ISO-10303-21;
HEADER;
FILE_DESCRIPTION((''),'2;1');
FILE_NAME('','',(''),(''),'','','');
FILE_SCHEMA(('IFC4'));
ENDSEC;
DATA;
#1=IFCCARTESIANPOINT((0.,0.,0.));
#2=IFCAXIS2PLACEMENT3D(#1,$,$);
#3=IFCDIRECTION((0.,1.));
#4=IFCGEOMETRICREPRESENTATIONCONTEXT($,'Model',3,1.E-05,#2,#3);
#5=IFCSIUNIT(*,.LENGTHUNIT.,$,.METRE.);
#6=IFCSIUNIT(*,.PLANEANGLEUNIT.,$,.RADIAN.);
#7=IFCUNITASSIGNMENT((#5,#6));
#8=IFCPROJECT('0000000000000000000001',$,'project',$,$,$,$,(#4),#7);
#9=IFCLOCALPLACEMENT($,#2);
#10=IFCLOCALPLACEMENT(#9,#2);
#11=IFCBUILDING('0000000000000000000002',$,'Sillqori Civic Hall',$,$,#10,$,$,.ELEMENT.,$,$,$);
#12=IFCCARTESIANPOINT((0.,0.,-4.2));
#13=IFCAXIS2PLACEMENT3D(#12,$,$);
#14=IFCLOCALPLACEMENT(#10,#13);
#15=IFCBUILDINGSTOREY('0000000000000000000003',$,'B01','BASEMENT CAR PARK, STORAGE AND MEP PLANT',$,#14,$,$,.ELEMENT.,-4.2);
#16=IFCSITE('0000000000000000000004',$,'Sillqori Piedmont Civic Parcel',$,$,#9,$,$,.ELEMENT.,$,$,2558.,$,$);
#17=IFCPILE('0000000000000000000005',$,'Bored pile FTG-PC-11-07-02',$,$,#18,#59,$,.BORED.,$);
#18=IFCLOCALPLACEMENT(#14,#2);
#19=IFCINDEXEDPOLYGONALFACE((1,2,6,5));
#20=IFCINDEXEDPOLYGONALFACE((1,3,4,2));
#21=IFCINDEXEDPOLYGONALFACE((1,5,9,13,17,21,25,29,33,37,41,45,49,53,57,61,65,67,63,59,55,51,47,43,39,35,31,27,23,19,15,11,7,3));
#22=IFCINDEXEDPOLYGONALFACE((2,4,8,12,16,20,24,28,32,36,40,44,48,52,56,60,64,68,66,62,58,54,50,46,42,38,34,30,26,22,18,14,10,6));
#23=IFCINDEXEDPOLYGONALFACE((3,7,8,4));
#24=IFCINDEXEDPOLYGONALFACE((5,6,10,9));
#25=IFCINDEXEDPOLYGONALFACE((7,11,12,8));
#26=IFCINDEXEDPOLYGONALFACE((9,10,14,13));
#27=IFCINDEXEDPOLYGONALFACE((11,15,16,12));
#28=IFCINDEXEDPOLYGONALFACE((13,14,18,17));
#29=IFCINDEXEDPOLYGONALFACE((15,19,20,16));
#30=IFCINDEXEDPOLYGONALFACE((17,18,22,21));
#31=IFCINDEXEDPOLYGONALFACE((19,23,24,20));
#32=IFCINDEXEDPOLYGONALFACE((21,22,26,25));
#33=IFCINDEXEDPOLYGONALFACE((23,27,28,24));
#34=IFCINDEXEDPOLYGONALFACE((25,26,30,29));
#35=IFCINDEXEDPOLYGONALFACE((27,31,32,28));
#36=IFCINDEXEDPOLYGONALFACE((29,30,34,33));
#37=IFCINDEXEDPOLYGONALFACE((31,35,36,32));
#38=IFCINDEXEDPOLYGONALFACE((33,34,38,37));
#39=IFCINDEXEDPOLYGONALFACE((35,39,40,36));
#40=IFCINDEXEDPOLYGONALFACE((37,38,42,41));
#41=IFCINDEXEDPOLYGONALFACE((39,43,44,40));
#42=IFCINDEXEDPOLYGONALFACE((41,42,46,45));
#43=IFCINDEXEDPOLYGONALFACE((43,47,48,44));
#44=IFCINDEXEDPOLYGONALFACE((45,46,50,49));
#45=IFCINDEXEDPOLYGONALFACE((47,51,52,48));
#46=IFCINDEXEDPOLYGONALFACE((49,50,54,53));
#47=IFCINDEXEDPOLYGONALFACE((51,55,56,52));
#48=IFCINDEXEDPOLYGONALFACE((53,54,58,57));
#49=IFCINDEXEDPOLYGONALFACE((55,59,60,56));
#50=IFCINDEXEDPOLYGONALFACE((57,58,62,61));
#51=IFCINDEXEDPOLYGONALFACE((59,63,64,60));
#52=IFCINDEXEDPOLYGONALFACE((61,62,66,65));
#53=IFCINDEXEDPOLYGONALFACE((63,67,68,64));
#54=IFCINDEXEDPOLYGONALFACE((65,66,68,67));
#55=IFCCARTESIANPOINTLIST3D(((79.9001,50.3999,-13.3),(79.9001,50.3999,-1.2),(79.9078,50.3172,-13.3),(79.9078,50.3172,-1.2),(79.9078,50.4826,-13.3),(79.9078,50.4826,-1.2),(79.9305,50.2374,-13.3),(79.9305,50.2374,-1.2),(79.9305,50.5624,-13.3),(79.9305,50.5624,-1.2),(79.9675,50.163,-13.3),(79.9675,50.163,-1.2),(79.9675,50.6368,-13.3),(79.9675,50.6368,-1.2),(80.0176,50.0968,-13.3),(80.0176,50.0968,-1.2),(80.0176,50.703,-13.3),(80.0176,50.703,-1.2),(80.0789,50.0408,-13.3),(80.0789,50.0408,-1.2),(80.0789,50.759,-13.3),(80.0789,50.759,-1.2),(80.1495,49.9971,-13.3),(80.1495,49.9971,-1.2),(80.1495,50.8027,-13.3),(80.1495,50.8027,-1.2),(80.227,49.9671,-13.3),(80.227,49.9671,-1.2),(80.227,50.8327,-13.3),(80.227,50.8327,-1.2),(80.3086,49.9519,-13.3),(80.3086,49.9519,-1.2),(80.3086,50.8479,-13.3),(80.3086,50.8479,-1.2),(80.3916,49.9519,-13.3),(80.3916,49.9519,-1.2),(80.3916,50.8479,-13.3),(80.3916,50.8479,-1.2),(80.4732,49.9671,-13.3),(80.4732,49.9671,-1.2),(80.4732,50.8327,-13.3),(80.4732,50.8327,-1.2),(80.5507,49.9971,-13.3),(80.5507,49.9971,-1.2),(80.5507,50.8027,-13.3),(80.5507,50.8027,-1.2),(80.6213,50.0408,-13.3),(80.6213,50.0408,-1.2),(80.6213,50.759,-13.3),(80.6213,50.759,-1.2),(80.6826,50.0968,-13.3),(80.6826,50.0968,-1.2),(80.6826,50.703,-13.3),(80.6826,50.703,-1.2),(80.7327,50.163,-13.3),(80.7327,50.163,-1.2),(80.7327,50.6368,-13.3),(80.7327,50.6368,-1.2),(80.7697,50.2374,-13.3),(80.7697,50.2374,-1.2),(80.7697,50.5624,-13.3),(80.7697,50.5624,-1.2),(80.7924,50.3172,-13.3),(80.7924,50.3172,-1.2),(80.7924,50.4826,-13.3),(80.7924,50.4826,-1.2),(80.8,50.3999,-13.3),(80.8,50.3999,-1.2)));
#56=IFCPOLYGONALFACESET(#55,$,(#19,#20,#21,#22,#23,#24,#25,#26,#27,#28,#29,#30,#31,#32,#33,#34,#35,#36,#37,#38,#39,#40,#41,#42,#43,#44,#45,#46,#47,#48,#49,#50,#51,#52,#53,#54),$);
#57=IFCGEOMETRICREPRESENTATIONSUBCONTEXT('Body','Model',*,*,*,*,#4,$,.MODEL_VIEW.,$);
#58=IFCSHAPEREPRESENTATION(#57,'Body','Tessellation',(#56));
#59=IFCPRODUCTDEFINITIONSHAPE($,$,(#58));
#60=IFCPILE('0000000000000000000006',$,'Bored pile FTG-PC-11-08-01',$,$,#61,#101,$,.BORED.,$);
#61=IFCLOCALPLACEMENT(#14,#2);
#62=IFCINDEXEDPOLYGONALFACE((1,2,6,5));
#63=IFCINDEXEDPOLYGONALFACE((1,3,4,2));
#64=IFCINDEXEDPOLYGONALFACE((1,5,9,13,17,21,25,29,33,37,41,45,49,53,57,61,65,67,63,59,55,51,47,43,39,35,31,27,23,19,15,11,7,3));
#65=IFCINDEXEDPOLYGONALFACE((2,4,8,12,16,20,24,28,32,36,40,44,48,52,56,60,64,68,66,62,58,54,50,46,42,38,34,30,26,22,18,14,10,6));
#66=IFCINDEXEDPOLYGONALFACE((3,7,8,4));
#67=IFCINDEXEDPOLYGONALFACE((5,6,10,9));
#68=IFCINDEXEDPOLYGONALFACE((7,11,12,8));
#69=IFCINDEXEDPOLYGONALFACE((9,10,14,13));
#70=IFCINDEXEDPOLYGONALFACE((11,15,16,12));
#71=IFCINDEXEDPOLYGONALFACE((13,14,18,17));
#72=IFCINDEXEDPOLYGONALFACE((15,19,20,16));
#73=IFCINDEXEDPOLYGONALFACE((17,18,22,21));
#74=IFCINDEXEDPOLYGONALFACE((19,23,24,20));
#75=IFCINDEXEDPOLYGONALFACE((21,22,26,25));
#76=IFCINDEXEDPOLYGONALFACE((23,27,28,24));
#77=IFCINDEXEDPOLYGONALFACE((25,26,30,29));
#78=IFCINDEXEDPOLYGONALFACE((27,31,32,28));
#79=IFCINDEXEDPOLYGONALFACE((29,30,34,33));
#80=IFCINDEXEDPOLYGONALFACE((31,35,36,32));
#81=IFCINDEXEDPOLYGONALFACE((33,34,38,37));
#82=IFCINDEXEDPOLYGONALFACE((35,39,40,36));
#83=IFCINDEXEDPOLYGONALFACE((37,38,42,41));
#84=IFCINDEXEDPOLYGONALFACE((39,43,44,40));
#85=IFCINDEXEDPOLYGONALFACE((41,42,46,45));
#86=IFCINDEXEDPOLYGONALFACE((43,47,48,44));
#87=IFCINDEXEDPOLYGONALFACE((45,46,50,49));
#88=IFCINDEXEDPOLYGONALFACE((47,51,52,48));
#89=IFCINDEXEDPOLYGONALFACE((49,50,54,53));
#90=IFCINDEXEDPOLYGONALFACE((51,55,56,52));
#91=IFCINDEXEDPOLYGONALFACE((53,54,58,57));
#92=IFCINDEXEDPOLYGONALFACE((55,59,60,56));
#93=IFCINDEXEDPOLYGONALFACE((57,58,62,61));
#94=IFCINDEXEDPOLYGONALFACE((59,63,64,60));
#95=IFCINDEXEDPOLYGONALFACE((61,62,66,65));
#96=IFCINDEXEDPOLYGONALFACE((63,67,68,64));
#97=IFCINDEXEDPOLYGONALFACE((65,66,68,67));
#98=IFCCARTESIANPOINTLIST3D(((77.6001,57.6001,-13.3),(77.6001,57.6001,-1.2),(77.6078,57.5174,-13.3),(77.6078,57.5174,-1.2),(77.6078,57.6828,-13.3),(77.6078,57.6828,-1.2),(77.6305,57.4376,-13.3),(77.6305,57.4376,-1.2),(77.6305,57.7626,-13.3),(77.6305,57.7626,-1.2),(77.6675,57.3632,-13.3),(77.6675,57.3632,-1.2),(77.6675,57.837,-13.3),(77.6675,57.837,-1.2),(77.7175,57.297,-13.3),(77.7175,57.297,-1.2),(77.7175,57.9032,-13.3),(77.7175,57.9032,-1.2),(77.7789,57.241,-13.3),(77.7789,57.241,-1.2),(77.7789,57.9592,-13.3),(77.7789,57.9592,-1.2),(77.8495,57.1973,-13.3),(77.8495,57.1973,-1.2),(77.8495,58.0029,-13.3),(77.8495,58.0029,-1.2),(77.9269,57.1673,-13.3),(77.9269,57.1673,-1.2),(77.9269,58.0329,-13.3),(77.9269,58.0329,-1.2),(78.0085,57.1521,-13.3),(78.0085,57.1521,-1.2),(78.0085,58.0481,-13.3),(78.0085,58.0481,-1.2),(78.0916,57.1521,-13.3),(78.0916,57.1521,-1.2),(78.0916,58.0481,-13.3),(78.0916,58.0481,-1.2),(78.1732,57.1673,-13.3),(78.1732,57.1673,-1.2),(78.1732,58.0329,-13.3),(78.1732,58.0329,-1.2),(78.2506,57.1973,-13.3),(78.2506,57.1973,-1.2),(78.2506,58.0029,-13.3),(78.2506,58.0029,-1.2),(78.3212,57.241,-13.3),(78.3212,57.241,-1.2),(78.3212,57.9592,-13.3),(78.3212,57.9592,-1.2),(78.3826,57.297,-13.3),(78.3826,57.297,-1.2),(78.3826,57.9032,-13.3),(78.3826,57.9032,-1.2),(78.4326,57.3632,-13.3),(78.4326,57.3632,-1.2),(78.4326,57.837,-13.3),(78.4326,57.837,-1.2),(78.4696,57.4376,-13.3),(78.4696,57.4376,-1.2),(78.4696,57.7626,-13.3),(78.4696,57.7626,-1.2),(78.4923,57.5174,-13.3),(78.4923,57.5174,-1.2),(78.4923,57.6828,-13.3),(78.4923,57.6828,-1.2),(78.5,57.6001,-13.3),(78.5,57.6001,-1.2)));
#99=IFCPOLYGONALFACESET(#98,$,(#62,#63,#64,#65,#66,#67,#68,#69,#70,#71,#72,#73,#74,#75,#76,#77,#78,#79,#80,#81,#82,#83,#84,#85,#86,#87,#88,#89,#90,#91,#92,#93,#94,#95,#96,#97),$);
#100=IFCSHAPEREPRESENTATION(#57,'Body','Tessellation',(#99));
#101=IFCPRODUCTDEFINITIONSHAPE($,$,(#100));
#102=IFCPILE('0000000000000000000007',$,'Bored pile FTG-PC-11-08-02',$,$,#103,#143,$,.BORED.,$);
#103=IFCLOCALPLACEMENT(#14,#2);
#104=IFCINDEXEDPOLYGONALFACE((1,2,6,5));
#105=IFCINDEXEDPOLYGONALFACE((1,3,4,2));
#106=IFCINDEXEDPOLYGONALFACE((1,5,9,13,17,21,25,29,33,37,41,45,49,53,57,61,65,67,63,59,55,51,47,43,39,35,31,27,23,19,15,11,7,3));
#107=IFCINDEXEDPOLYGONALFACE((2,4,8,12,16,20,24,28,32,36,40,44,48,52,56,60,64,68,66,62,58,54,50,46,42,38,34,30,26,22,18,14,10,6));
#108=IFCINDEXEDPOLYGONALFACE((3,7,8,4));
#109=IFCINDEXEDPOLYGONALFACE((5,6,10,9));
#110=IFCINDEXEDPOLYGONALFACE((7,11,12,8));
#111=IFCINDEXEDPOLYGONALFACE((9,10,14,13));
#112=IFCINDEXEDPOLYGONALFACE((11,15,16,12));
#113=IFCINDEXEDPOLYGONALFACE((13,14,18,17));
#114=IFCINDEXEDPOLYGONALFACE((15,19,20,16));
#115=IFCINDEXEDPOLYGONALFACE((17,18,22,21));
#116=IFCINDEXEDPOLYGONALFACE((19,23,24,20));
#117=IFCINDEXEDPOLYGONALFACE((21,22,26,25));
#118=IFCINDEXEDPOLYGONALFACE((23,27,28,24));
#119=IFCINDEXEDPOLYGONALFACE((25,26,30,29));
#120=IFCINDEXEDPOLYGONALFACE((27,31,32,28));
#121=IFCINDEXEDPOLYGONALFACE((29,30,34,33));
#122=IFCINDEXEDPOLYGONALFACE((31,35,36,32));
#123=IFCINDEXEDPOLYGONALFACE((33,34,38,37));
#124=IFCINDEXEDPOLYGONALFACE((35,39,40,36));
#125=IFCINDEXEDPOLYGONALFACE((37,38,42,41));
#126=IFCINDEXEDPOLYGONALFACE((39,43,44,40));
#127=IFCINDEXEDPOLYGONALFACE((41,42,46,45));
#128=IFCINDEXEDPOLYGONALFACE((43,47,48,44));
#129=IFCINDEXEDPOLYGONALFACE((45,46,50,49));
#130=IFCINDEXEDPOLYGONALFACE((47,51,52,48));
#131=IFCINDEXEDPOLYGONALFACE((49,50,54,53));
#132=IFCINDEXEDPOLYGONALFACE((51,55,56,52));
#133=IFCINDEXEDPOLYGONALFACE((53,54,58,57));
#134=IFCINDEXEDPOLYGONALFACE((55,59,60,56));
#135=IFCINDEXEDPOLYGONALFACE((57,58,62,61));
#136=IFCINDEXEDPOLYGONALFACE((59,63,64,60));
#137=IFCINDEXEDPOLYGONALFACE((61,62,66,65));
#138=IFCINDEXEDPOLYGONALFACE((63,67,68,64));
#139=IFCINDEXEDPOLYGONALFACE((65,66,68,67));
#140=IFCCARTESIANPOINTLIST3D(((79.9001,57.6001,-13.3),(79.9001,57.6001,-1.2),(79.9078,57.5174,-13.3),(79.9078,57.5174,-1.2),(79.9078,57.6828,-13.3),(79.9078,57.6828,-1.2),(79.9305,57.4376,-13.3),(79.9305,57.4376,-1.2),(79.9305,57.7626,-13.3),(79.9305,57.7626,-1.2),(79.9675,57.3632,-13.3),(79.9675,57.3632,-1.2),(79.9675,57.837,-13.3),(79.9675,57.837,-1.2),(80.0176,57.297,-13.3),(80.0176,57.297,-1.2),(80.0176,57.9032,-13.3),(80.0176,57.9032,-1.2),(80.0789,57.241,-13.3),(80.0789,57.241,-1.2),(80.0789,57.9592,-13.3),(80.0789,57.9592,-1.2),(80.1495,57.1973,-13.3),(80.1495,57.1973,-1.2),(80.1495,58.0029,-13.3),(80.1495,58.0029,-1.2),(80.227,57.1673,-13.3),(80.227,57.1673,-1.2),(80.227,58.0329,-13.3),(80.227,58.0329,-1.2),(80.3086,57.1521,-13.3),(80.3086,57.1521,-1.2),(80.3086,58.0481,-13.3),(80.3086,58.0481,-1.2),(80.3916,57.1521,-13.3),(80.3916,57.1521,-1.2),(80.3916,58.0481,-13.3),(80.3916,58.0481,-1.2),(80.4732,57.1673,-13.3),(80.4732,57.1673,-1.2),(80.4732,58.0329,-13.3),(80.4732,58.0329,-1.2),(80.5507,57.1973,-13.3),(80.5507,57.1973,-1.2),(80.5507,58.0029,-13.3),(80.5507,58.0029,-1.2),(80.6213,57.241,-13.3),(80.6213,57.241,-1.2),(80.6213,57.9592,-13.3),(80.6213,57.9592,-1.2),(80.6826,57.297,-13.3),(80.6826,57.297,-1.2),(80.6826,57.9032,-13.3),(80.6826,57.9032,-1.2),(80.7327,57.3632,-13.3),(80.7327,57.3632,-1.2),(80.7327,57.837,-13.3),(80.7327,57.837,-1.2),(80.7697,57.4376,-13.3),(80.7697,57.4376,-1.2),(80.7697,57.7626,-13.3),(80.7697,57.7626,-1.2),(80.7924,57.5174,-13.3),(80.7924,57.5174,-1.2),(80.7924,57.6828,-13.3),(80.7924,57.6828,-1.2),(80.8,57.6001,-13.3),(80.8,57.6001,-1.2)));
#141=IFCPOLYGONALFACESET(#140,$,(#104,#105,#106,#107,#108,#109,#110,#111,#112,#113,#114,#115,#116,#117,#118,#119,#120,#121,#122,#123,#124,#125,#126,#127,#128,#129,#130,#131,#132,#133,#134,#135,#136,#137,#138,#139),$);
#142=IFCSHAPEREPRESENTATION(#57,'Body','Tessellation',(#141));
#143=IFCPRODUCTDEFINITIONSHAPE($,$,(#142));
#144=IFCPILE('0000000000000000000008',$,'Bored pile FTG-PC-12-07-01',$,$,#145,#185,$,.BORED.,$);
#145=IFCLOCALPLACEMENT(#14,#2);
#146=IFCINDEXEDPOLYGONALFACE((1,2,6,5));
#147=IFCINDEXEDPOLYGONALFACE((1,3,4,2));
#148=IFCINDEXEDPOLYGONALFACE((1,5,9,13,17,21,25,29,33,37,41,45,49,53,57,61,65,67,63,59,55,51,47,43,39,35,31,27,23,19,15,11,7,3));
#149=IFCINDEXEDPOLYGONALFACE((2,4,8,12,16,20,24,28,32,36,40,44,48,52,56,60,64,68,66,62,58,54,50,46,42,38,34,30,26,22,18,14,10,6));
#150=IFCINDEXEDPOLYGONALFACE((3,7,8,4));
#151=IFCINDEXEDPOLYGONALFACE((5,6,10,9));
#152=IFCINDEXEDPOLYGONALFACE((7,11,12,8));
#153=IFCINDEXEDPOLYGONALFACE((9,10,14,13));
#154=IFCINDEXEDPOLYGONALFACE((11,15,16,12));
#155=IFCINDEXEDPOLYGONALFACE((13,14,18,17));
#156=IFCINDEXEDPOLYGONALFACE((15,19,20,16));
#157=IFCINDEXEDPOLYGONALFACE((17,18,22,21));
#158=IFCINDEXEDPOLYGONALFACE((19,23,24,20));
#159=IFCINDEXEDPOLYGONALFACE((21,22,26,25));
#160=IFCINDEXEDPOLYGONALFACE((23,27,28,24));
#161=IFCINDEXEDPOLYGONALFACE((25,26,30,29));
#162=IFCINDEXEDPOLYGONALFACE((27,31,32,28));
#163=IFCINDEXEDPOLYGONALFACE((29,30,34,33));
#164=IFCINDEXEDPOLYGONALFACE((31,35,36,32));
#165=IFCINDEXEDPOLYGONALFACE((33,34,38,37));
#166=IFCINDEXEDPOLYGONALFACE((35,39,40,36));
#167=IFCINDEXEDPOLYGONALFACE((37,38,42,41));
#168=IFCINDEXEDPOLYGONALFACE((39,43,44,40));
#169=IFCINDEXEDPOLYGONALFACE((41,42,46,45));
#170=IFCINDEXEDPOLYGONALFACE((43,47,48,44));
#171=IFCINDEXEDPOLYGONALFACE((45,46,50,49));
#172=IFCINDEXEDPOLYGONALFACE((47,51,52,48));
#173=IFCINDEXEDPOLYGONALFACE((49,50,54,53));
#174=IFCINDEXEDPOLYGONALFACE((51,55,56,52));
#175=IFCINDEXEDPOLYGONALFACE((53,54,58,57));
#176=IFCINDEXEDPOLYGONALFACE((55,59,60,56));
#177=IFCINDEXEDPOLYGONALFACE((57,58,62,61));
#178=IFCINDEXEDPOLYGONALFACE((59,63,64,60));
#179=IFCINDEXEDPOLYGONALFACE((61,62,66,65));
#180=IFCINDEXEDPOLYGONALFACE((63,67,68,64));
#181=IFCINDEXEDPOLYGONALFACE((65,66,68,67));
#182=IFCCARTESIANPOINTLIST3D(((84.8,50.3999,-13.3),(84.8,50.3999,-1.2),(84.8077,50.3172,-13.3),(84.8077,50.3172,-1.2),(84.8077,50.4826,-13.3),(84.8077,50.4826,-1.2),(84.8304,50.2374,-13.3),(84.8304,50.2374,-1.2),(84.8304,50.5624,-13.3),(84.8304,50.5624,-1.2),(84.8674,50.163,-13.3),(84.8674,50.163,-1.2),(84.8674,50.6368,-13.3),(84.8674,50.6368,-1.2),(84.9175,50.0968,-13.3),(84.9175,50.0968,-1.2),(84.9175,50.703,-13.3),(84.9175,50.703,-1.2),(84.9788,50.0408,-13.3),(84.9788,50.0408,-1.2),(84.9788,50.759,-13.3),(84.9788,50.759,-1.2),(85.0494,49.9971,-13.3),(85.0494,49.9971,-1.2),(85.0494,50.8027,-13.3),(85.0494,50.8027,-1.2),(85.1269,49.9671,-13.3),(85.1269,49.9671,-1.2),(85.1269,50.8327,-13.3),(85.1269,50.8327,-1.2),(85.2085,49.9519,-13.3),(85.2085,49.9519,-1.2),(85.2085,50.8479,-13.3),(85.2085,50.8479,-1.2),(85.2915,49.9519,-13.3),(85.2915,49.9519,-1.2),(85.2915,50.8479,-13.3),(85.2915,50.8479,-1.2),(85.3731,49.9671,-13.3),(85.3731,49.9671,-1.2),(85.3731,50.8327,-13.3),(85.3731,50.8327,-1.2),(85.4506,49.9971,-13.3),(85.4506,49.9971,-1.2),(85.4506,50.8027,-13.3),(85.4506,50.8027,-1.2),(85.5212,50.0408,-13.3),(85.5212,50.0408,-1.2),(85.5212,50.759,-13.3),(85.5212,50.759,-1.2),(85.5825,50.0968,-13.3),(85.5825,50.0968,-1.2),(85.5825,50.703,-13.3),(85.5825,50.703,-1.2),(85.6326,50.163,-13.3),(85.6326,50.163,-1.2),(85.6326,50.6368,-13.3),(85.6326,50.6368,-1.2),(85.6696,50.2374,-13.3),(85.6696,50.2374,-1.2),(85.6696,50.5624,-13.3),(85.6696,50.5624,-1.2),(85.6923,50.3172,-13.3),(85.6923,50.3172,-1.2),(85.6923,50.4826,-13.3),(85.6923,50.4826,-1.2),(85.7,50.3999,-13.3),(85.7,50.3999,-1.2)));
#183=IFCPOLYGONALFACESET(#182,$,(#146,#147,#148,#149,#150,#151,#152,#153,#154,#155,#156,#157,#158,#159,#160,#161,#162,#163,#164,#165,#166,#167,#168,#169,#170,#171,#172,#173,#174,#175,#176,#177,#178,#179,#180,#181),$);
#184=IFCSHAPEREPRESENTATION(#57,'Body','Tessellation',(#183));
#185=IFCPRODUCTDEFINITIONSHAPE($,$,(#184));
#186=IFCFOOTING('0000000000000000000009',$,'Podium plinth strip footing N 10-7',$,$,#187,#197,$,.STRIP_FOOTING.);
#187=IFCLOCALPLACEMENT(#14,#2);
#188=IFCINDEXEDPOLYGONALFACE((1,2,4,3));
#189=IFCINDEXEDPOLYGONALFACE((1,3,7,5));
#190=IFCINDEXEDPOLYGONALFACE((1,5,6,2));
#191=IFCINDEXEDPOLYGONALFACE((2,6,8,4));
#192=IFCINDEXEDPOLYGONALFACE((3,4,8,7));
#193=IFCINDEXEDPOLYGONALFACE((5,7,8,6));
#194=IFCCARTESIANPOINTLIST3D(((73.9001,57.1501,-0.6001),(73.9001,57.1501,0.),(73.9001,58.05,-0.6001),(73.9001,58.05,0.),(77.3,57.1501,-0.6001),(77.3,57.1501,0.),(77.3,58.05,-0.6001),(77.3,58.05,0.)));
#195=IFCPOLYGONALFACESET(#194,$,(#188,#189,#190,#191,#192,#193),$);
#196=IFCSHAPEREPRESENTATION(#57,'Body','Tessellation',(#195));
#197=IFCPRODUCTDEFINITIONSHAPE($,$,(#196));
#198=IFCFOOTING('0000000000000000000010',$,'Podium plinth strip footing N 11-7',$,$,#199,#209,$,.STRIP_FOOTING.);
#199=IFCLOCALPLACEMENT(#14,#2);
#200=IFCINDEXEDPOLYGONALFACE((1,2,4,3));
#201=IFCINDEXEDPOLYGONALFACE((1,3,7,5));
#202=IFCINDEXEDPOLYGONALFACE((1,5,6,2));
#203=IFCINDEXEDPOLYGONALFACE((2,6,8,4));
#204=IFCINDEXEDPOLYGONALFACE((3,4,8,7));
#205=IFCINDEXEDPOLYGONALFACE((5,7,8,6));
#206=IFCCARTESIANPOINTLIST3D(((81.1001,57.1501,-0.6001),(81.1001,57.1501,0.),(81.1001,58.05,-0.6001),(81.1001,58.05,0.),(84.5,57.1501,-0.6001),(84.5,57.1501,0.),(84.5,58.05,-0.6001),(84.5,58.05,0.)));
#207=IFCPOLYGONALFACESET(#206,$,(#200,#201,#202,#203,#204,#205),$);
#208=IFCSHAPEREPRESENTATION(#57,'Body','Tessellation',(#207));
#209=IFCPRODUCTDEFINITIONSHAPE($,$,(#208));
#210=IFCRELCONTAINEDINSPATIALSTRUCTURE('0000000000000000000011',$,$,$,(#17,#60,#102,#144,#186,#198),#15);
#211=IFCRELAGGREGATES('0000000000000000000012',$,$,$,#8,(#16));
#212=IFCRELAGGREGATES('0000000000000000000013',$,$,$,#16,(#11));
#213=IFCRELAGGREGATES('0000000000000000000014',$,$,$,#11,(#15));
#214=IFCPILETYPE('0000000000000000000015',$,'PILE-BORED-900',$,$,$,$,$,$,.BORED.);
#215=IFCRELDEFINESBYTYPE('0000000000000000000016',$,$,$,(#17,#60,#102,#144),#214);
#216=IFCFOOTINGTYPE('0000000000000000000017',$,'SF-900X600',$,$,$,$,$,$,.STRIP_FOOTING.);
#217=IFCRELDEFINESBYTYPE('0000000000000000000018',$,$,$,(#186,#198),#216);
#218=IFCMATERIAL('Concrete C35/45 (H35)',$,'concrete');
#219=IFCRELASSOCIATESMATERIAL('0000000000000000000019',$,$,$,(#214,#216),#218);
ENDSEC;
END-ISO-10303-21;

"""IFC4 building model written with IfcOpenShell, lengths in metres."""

from ifc_helpers import new_model, si_unit, direction, frame, origin, origin_2d, place, context, subcontext, project, spatial, rectangle, circle, extrude, material, material_profile, profile_set, type_object, element, save


model = new_model("IFC4")

# Units and contexts
model_context = context("Model", 3, precision=1e-05, world=origin(), true_north=direction((0.0, 1.0)))
body_context = subcontext(model_context, "Body", "Model", "MODEL_VIEW")
ifc_project = project(units=[si_unit("LENGTHUNIT", "METRE"), si_unit("PLANEANGLEUNIT", "RADIAN")], contexts=[model_context])

# Site, building, storey
site_placement = place(None, origin())
site = spatial("IfcSite", under=ifc_project, at=site_placement, Name="Sillqori Piedmont Civic Parcel", CompositionType="ELEMENT", RefElevation=2558.0)
building_placement = place(site_placement, origin())
building = spatial("IfcBuilding", under=site, at=building_placement, Name="Sillqori Civic Hall", CompositionType="ELEMENT")
storey_placement = place(building_placement, frame((0.0, 0.0, -4.2)))
storey = spatial("IfcBuildingStorey", under=building, at=storey_placement, Name="B01", Description="BASEMENT CAR PARK, STORAGE AND MEP PLANT", CompositionType="ELEMENT", Elevation=-4.2)

# Shared definitions
ifc_material = material(Name="Concrete C35/45 (H35)", Category="concrete")

# Piles
ifc_material_profile_1 = material_profile(ifc_material, circle(Radius=0.45, at=origin_2d()), Name="BORED PILE 900")
ifc_profile_set_1 = profile_set([ifc_material_profile_1], Name="Concrete C35/45 (H35)")
pile_type = type_object("IfcPileType", Name="PILE-BORED-900", PredefinedType="BORED", material=ifc_profile_set_1)
for number, where, z_axis, x_axis, name in (
    (1, (80.3501, 50.3999, -1.2), (0.0, 0.0, -1.0), (1.0, 0.0, 0.0), "Bored pile FTG-PC-11-07-02"),
    (2, (78.05, 57.6001, -1.2), (0.0, 0.0, -1.0), (1.0, 0.0, 0.0), "Bored pile FTG-PC-11-08-01"),
    (3, (80.3501, 57.6001, -1.2), (0.0, 0.0, -1.0), (1.0, 0.0, 0.0), "Bored pile FTG-PC-11-08-02"),
    (4, (85.25, 50.3999, -1.2), (0.0, 0.0, -1.0), (1.0, 0.0, 0.0), "Bored pile FTG-PC-12-07-01"),
):
    element("IfcPile", number, at=place(storey_placement, frame(where, z_axis=z_axis, x_axis=x_axis)), inside=storey, type_object=pile_type, Name=name, PredefinedType="BORED", context=body_context, shape_type="SweptSolid", body=[
        extrude(circle(Radius=0.45, at=origin_2d()), origin(), (0.0, 0.0, 1.0), 12.1001),
    ])

# Footings
footing_type_1 = type_object("IfcFootingType", Name="SF-900X600", PredefinedType="STRIP_FOOTING", material=ifc_material)
for number, where, z_axis, x_axis, name in (
    (5, (75.6001, 57.6001, -0.6001), (0.0, 0.0, 1.0), (1.0, 0.0, 0.0), "Podium plinth strip footing N 10-7"),
    (6, (82.8, 57.6001, -0.6001), (0.0, 0.0, 1.0), (1.0, 0.0, 0.0), "Podium plinth strip footing N 11-7"),
):
    element("IfcFooting", number, at=place(storey_placement, frame(where, z_axis=z_axis, x_axis=x_axis)), inside=storey, type_object=footing_type_1, Name=name, PredefinedType="STRIP_FOOTING", context=body_context, shape_type="SweptSolid", body=[
        extrude(rectangle(XDim=3.3999, YDim=0.8999, at=origin_2d()), origin(), (0.0, 0.0, 1.0), 0.6001),
    ])

save(model, "model.ifc")
